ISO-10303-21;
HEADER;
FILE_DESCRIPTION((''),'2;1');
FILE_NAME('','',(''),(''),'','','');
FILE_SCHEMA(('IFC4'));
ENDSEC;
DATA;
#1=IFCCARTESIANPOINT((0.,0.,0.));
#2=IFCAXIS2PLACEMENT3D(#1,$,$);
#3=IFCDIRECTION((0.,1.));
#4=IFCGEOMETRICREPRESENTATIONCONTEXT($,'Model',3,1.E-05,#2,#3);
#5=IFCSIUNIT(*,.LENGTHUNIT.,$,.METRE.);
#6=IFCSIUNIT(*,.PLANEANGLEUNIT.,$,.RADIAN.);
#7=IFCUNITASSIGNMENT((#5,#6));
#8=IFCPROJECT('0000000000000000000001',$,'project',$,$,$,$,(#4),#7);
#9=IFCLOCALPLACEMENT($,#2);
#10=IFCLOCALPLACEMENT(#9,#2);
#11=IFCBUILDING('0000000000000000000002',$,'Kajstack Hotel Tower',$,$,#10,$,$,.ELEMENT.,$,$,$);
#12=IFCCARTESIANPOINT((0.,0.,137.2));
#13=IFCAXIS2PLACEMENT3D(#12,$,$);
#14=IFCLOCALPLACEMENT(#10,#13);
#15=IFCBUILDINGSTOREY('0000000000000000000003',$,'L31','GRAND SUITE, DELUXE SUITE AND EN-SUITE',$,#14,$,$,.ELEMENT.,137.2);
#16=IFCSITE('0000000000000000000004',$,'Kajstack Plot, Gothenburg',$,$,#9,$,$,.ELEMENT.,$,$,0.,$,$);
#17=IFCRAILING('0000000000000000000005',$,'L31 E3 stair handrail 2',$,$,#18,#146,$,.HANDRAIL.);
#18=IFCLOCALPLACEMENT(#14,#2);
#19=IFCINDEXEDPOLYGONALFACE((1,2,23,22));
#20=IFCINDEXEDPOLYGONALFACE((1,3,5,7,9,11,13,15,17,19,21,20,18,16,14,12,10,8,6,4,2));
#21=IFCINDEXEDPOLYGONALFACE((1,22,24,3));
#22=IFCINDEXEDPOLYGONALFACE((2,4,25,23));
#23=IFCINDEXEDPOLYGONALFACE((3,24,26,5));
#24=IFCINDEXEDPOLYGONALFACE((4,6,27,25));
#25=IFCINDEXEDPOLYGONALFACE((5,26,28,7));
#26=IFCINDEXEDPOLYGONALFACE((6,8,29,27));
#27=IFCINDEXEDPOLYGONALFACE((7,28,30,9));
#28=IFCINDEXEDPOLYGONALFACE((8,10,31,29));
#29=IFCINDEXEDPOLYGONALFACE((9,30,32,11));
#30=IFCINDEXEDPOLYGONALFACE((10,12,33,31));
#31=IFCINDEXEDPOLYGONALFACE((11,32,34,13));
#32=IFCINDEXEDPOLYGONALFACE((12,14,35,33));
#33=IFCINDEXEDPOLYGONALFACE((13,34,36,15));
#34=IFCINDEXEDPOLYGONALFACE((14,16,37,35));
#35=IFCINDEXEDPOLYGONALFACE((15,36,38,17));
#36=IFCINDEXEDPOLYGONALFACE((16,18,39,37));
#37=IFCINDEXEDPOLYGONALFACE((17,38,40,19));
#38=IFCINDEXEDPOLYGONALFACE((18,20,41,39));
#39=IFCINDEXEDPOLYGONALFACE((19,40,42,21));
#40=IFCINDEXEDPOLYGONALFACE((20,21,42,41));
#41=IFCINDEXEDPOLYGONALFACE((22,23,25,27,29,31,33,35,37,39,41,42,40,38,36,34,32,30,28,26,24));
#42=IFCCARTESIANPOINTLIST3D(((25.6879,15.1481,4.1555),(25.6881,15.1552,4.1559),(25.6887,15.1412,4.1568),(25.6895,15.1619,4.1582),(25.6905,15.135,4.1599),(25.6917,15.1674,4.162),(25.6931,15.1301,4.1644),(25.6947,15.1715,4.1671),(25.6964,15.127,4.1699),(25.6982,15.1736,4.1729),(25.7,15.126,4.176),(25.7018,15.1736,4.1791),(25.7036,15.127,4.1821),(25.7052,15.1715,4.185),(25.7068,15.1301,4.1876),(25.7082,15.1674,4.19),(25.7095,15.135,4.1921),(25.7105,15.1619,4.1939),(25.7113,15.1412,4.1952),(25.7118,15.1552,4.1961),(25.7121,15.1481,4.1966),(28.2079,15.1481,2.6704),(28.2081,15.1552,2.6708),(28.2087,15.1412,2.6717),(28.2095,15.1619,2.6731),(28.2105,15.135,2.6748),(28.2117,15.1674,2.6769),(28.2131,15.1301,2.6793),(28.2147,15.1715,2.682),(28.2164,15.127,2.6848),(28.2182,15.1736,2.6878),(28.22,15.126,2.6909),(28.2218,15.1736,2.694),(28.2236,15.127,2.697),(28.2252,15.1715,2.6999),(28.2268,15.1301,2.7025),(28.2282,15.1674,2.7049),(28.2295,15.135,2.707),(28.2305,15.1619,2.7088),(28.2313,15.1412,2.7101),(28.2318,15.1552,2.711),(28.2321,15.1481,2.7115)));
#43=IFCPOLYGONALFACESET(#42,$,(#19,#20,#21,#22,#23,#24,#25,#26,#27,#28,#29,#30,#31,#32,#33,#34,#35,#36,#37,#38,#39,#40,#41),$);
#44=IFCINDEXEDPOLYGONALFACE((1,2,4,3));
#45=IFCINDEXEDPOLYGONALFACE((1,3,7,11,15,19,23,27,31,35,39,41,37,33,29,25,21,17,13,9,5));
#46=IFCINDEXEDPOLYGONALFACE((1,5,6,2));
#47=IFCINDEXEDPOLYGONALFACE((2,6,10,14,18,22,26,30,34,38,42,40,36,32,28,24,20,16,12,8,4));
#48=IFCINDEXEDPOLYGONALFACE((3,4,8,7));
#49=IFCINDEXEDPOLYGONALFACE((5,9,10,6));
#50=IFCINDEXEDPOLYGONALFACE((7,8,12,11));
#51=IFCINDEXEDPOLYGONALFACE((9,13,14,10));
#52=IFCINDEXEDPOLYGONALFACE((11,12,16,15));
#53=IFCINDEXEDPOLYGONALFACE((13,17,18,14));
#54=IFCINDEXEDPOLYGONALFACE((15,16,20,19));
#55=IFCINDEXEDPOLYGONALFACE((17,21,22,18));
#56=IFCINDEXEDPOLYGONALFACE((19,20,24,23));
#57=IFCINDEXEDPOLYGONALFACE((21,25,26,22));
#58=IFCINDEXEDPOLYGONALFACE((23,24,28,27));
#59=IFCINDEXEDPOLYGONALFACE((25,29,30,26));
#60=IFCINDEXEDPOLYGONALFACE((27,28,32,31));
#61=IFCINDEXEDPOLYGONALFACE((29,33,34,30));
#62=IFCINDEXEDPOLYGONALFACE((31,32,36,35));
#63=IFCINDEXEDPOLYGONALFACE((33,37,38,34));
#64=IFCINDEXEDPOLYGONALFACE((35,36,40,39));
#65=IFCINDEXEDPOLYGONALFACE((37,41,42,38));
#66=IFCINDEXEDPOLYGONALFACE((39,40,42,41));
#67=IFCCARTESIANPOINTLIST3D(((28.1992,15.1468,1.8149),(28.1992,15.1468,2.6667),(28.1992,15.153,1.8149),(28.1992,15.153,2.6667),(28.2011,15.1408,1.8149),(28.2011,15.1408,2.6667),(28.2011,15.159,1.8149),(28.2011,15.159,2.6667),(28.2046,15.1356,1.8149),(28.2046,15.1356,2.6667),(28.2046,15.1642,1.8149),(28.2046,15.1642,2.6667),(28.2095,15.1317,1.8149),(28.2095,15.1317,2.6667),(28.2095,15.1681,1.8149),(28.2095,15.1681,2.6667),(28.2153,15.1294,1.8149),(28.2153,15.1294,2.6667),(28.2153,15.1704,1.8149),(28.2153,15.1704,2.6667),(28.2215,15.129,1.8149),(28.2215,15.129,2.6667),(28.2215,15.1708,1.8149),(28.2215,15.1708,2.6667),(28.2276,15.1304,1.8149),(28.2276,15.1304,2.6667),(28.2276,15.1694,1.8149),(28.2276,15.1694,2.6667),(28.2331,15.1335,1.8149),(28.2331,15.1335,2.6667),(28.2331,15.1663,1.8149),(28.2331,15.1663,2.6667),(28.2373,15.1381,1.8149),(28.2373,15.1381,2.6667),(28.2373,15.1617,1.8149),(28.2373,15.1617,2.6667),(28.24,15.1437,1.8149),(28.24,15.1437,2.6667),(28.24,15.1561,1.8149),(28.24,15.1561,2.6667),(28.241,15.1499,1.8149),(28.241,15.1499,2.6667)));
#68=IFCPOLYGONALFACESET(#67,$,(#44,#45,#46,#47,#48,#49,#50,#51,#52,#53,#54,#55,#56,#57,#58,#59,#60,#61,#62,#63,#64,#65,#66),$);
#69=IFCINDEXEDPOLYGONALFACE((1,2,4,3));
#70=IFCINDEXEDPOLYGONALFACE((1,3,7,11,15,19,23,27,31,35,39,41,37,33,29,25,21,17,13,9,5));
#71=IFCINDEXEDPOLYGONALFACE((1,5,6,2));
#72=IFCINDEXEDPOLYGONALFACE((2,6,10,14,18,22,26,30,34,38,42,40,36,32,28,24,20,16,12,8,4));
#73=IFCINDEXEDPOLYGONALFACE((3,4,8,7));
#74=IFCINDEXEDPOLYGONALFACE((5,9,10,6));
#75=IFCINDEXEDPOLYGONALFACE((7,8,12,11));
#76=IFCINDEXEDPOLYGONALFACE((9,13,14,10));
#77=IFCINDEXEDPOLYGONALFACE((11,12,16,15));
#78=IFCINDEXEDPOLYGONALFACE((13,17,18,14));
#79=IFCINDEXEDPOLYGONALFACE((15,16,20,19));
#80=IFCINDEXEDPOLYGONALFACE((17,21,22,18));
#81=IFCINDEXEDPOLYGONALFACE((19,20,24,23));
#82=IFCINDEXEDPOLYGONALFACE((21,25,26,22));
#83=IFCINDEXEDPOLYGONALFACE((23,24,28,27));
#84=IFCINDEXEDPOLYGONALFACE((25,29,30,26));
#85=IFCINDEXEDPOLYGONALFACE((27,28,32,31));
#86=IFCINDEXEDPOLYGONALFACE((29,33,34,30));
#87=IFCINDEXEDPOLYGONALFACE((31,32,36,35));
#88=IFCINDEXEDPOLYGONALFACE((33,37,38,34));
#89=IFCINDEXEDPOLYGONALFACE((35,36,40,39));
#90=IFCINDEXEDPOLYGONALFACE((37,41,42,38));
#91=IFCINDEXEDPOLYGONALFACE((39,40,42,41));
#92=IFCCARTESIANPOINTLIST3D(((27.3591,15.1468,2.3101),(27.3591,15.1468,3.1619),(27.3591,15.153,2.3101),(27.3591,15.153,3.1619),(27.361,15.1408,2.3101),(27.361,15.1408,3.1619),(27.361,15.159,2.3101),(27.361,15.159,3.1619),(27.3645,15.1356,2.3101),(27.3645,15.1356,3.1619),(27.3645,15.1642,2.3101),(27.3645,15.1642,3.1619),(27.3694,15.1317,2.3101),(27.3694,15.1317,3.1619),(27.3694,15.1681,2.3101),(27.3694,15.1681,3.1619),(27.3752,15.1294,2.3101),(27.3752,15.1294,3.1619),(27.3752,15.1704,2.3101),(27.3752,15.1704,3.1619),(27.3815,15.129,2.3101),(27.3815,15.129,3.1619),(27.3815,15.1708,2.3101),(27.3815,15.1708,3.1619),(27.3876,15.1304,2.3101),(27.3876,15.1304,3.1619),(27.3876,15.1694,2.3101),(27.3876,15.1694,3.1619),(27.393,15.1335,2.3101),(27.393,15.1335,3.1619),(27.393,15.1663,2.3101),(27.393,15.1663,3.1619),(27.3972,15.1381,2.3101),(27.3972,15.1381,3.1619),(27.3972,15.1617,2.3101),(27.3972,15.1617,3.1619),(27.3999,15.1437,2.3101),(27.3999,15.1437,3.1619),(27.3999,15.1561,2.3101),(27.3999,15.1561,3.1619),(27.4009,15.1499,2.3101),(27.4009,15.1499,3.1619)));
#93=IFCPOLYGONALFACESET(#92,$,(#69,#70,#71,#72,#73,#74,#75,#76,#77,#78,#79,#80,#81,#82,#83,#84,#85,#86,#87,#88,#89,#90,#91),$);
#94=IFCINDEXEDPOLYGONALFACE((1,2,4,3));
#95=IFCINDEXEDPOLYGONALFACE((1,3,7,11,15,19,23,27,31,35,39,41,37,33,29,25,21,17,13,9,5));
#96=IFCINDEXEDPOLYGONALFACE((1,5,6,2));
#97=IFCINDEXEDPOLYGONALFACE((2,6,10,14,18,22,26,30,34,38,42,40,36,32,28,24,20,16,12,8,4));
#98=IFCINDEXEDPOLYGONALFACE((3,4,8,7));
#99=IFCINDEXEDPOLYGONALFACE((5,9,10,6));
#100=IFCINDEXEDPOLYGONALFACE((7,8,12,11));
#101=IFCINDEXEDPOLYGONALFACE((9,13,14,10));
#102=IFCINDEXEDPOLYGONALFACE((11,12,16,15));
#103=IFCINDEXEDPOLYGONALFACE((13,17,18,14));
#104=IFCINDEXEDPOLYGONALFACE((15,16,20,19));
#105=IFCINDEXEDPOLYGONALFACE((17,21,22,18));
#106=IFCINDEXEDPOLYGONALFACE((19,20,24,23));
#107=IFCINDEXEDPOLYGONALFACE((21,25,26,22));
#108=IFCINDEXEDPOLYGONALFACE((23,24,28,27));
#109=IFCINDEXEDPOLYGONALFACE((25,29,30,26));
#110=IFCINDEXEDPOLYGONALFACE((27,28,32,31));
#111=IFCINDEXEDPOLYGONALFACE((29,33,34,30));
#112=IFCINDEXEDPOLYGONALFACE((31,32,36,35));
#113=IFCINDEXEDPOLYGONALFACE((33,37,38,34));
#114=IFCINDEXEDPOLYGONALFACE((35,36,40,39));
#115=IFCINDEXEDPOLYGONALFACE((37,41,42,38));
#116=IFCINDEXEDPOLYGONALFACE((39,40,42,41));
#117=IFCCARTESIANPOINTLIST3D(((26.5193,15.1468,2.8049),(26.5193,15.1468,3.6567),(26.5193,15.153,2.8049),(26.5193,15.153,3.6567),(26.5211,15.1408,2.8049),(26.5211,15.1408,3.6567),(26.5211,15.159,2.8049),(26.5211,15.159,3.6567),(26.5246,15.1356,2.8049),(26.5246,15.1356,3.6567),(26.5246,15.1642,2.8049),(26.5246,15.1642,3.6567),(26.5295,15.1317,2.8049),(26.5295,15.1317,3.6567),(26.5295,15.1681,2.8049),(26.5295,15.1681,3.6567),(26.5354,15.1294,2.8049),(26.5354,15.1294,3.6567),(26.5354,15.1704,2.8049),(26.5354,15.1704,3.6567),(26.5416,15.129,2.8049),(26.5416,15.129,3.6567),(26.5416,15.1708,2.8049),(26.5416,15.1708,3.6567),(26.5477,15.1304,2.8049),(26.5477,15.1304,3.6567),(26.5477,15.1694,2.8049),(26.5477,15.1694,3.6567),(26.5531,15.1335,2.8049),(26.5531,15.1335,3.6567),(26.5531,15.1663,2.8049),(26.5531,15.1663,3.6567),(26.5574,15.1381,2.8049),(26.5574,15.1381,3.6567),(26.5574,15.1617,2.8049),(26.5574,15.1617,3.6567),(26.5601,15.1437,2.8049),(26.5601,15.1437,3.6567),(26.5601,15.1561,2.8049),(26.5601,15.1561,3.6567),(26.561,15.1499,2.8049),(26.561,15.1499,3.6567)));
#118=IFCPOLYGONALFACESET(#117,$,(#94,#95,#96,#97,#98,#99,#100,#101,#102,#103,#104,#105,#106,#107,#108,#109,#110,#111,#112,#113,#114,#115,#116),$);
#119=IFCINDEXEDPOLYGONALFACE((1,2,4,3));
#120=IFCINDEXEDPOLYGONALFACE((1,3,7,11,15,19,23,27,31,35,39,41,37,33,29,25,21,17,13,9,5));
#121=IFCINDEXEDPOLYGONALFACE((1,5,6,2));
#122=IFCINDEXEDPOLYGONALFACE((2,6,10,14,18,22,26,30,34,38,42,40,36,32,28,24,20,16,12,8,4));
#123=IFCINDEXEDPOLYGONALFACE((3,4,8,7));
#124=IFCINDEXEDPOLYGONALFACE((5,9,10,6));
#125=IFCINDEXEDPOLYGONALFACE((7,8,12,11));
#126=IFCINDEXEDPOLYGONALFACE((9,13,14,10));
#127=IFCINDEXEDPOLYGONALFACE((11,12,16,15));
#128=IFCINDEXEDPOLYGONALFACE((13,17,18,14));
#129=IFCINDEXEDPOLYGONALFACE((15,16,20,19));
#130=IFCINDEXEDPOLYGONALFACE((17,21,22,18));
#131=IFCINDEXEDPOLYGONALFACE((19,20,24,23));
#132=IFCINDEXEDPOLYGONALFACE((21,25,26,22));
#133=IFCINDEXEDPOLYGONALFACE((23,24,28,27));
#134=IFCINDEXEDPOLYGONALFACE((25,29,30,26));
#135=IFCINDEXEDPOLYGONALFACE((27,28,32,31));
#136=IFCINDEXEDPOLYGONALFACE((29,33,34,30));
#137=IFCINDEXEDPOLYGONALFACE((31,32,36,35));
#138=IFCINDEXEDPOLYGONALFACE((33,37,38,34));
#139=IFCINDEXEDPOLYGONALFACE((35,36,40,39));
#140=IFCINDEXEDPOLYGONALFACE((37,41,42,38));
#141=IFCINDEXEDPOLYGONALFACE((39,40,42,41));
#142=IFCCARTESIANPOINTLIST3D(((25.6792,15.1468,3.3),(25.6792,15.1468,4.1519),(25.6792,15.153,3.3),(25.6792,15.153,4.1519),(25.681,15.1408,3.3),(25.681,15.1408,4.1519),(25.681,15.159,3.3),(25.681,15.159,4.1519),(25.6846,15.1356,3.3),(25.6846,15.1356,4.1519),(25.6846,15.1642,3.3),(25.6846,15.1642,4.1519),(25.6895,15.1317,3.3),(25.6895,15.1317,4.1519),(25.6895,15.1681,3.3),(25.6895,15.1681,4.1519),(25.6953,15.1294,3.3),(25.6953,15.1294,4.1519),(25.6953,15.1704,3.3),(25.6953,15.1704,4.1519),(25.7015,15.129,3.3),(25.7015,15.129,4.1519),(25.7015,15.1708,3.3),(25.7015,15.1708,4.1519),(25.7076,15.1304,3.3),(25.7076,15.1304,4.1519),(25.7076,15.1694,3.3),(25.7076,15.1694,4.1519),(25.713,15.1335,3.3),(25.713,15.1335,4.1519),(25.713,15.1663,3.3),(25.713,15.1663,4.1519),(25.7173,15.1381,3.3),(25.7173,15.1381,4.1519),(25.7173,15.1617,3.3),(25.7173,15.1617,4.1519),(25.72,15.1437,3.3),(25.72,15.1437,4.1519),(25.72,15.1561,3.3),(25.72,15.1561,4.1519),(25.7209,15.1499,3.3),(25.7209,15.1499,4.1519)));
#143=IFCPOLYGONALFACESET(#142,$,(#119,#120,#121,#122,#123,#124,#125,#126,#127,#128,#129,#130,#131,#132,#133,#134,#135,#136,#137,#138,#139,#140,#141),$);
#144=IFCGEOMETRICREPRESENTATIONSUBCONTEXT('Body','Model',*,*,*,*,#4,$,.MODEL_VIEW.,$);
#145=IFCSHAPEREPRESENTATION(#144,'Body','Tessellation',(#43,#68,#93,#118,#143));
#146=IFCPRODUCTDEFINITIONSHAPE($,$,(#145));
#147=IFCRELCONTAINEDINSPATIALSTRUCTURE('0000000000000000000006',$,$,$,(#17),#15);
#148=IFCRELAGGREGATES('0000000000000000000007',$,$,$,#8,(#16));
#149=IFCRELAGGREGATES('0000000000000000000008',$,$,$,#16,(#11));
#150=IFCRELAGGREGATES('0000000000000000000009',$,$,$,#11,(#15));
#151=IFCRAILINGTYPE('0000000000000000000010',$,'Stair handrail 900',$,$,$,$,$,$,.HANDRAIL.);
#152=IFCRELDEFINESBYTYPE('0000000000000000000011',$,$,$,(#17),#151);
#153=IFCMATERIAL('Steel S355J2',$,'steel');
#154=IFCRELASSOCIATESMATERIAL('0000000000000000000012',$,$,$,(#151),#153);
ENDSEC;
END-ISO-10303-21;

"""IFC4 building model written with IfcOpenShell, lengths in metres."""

from ifc_helpers import new_model, si_unit, direction, frame, origin, origin_2d, place, context, subcontext, project, spatial, circle, extrude, material, type_object, element, save


model = new_model("IFC4")

# Units and contexts
model_context = context("Model", 3, precision=1e-05, world=origin(), true_north=direction((0.0, 1.0)))
body_context = subcontext(model_context, "Body", "Model", "MODEL_VIEW")
ifc_project = project(units=[si_unit("LENGTHUNIT", "METRE"), si_unit("PLANEANGLEUNIT", "RADIAN")], contexts=[model_context])

# Site, building, storey
site_placement = place(None, origin())
site = spatial("IfcSite", under=ifc_project, at=site_placement, Name="Kajstack Plot, Gothenburg", CompositionType="ELEMENT", RefElevation=0.0)
building_placement = place(site_placement, origin())
building = spatial("IfcBuilding", under=site, at=building_placement, Name="Kajstack Hotel Tower", CompositionType="ELEMENT")
storey_placement = place(building_placement, frame((0.0, 0.0, 137.2)))
storey = spatial("IfcBuildingStorey", under=building, at=storey_placement, Name="L31", Description="GRAND SUITE, DELUXE SUITE AND EN-SUITE", CompositionType="ELEMENT", Elevation=137.2)

# Railing
ifc_material_1 = material(Name="Steel S355J2", Category="steel")
railing_type_1 = type_object("IfcRailingType", Name="Stair handrail 900", PredefinedType="HANDRAIL", material=ifc_material_1)
railing_1_placement = place(storey_placement, frame((28.22, 15.1499, 1.8149)))
element("IfcRailing", 1, at=railing_1_placement, inside=storey, type_object=railing_type_1, Name="L31 E3 stair handrail 2", PredefinedType="HANDRAIL", context=body_context, shape_type="SweptSolid", body=[
    extrude(circle(Radius=0.0239, at=origin_2d()), frame((0.0, 0.0, 0.876), z_axis=(-0.861524, 0.0, 0.507717), x_axis=(0.0, -1.0, 0.0)), (0.0, 0.0, 1.0), 2.925),
    extrude(circle(Radius=0.021, at=origin_2d()), origin(), (0.0, 0.0, 1.0), 0.8518),
    extrude(circle(Radius=0.021, at=origin_2d()), frame((-0.8401, 0.0, 0.4951)), (0.0, 0.0, 1.0), 0.8518),
    extrude(circle(Radius=0.021, at=origin_2d()), frame((-1.6799, 0.0, 0.99)), (0.0, 0.0, 1.0), 0.8518),
    extrude(circle(Radius=0.021, at=origin_2d()), frame((-2.52, 0.0, 1.4851)), (0.0, 0.0, 1.0), 0.8518),
])

save(model, "model.ifc")
